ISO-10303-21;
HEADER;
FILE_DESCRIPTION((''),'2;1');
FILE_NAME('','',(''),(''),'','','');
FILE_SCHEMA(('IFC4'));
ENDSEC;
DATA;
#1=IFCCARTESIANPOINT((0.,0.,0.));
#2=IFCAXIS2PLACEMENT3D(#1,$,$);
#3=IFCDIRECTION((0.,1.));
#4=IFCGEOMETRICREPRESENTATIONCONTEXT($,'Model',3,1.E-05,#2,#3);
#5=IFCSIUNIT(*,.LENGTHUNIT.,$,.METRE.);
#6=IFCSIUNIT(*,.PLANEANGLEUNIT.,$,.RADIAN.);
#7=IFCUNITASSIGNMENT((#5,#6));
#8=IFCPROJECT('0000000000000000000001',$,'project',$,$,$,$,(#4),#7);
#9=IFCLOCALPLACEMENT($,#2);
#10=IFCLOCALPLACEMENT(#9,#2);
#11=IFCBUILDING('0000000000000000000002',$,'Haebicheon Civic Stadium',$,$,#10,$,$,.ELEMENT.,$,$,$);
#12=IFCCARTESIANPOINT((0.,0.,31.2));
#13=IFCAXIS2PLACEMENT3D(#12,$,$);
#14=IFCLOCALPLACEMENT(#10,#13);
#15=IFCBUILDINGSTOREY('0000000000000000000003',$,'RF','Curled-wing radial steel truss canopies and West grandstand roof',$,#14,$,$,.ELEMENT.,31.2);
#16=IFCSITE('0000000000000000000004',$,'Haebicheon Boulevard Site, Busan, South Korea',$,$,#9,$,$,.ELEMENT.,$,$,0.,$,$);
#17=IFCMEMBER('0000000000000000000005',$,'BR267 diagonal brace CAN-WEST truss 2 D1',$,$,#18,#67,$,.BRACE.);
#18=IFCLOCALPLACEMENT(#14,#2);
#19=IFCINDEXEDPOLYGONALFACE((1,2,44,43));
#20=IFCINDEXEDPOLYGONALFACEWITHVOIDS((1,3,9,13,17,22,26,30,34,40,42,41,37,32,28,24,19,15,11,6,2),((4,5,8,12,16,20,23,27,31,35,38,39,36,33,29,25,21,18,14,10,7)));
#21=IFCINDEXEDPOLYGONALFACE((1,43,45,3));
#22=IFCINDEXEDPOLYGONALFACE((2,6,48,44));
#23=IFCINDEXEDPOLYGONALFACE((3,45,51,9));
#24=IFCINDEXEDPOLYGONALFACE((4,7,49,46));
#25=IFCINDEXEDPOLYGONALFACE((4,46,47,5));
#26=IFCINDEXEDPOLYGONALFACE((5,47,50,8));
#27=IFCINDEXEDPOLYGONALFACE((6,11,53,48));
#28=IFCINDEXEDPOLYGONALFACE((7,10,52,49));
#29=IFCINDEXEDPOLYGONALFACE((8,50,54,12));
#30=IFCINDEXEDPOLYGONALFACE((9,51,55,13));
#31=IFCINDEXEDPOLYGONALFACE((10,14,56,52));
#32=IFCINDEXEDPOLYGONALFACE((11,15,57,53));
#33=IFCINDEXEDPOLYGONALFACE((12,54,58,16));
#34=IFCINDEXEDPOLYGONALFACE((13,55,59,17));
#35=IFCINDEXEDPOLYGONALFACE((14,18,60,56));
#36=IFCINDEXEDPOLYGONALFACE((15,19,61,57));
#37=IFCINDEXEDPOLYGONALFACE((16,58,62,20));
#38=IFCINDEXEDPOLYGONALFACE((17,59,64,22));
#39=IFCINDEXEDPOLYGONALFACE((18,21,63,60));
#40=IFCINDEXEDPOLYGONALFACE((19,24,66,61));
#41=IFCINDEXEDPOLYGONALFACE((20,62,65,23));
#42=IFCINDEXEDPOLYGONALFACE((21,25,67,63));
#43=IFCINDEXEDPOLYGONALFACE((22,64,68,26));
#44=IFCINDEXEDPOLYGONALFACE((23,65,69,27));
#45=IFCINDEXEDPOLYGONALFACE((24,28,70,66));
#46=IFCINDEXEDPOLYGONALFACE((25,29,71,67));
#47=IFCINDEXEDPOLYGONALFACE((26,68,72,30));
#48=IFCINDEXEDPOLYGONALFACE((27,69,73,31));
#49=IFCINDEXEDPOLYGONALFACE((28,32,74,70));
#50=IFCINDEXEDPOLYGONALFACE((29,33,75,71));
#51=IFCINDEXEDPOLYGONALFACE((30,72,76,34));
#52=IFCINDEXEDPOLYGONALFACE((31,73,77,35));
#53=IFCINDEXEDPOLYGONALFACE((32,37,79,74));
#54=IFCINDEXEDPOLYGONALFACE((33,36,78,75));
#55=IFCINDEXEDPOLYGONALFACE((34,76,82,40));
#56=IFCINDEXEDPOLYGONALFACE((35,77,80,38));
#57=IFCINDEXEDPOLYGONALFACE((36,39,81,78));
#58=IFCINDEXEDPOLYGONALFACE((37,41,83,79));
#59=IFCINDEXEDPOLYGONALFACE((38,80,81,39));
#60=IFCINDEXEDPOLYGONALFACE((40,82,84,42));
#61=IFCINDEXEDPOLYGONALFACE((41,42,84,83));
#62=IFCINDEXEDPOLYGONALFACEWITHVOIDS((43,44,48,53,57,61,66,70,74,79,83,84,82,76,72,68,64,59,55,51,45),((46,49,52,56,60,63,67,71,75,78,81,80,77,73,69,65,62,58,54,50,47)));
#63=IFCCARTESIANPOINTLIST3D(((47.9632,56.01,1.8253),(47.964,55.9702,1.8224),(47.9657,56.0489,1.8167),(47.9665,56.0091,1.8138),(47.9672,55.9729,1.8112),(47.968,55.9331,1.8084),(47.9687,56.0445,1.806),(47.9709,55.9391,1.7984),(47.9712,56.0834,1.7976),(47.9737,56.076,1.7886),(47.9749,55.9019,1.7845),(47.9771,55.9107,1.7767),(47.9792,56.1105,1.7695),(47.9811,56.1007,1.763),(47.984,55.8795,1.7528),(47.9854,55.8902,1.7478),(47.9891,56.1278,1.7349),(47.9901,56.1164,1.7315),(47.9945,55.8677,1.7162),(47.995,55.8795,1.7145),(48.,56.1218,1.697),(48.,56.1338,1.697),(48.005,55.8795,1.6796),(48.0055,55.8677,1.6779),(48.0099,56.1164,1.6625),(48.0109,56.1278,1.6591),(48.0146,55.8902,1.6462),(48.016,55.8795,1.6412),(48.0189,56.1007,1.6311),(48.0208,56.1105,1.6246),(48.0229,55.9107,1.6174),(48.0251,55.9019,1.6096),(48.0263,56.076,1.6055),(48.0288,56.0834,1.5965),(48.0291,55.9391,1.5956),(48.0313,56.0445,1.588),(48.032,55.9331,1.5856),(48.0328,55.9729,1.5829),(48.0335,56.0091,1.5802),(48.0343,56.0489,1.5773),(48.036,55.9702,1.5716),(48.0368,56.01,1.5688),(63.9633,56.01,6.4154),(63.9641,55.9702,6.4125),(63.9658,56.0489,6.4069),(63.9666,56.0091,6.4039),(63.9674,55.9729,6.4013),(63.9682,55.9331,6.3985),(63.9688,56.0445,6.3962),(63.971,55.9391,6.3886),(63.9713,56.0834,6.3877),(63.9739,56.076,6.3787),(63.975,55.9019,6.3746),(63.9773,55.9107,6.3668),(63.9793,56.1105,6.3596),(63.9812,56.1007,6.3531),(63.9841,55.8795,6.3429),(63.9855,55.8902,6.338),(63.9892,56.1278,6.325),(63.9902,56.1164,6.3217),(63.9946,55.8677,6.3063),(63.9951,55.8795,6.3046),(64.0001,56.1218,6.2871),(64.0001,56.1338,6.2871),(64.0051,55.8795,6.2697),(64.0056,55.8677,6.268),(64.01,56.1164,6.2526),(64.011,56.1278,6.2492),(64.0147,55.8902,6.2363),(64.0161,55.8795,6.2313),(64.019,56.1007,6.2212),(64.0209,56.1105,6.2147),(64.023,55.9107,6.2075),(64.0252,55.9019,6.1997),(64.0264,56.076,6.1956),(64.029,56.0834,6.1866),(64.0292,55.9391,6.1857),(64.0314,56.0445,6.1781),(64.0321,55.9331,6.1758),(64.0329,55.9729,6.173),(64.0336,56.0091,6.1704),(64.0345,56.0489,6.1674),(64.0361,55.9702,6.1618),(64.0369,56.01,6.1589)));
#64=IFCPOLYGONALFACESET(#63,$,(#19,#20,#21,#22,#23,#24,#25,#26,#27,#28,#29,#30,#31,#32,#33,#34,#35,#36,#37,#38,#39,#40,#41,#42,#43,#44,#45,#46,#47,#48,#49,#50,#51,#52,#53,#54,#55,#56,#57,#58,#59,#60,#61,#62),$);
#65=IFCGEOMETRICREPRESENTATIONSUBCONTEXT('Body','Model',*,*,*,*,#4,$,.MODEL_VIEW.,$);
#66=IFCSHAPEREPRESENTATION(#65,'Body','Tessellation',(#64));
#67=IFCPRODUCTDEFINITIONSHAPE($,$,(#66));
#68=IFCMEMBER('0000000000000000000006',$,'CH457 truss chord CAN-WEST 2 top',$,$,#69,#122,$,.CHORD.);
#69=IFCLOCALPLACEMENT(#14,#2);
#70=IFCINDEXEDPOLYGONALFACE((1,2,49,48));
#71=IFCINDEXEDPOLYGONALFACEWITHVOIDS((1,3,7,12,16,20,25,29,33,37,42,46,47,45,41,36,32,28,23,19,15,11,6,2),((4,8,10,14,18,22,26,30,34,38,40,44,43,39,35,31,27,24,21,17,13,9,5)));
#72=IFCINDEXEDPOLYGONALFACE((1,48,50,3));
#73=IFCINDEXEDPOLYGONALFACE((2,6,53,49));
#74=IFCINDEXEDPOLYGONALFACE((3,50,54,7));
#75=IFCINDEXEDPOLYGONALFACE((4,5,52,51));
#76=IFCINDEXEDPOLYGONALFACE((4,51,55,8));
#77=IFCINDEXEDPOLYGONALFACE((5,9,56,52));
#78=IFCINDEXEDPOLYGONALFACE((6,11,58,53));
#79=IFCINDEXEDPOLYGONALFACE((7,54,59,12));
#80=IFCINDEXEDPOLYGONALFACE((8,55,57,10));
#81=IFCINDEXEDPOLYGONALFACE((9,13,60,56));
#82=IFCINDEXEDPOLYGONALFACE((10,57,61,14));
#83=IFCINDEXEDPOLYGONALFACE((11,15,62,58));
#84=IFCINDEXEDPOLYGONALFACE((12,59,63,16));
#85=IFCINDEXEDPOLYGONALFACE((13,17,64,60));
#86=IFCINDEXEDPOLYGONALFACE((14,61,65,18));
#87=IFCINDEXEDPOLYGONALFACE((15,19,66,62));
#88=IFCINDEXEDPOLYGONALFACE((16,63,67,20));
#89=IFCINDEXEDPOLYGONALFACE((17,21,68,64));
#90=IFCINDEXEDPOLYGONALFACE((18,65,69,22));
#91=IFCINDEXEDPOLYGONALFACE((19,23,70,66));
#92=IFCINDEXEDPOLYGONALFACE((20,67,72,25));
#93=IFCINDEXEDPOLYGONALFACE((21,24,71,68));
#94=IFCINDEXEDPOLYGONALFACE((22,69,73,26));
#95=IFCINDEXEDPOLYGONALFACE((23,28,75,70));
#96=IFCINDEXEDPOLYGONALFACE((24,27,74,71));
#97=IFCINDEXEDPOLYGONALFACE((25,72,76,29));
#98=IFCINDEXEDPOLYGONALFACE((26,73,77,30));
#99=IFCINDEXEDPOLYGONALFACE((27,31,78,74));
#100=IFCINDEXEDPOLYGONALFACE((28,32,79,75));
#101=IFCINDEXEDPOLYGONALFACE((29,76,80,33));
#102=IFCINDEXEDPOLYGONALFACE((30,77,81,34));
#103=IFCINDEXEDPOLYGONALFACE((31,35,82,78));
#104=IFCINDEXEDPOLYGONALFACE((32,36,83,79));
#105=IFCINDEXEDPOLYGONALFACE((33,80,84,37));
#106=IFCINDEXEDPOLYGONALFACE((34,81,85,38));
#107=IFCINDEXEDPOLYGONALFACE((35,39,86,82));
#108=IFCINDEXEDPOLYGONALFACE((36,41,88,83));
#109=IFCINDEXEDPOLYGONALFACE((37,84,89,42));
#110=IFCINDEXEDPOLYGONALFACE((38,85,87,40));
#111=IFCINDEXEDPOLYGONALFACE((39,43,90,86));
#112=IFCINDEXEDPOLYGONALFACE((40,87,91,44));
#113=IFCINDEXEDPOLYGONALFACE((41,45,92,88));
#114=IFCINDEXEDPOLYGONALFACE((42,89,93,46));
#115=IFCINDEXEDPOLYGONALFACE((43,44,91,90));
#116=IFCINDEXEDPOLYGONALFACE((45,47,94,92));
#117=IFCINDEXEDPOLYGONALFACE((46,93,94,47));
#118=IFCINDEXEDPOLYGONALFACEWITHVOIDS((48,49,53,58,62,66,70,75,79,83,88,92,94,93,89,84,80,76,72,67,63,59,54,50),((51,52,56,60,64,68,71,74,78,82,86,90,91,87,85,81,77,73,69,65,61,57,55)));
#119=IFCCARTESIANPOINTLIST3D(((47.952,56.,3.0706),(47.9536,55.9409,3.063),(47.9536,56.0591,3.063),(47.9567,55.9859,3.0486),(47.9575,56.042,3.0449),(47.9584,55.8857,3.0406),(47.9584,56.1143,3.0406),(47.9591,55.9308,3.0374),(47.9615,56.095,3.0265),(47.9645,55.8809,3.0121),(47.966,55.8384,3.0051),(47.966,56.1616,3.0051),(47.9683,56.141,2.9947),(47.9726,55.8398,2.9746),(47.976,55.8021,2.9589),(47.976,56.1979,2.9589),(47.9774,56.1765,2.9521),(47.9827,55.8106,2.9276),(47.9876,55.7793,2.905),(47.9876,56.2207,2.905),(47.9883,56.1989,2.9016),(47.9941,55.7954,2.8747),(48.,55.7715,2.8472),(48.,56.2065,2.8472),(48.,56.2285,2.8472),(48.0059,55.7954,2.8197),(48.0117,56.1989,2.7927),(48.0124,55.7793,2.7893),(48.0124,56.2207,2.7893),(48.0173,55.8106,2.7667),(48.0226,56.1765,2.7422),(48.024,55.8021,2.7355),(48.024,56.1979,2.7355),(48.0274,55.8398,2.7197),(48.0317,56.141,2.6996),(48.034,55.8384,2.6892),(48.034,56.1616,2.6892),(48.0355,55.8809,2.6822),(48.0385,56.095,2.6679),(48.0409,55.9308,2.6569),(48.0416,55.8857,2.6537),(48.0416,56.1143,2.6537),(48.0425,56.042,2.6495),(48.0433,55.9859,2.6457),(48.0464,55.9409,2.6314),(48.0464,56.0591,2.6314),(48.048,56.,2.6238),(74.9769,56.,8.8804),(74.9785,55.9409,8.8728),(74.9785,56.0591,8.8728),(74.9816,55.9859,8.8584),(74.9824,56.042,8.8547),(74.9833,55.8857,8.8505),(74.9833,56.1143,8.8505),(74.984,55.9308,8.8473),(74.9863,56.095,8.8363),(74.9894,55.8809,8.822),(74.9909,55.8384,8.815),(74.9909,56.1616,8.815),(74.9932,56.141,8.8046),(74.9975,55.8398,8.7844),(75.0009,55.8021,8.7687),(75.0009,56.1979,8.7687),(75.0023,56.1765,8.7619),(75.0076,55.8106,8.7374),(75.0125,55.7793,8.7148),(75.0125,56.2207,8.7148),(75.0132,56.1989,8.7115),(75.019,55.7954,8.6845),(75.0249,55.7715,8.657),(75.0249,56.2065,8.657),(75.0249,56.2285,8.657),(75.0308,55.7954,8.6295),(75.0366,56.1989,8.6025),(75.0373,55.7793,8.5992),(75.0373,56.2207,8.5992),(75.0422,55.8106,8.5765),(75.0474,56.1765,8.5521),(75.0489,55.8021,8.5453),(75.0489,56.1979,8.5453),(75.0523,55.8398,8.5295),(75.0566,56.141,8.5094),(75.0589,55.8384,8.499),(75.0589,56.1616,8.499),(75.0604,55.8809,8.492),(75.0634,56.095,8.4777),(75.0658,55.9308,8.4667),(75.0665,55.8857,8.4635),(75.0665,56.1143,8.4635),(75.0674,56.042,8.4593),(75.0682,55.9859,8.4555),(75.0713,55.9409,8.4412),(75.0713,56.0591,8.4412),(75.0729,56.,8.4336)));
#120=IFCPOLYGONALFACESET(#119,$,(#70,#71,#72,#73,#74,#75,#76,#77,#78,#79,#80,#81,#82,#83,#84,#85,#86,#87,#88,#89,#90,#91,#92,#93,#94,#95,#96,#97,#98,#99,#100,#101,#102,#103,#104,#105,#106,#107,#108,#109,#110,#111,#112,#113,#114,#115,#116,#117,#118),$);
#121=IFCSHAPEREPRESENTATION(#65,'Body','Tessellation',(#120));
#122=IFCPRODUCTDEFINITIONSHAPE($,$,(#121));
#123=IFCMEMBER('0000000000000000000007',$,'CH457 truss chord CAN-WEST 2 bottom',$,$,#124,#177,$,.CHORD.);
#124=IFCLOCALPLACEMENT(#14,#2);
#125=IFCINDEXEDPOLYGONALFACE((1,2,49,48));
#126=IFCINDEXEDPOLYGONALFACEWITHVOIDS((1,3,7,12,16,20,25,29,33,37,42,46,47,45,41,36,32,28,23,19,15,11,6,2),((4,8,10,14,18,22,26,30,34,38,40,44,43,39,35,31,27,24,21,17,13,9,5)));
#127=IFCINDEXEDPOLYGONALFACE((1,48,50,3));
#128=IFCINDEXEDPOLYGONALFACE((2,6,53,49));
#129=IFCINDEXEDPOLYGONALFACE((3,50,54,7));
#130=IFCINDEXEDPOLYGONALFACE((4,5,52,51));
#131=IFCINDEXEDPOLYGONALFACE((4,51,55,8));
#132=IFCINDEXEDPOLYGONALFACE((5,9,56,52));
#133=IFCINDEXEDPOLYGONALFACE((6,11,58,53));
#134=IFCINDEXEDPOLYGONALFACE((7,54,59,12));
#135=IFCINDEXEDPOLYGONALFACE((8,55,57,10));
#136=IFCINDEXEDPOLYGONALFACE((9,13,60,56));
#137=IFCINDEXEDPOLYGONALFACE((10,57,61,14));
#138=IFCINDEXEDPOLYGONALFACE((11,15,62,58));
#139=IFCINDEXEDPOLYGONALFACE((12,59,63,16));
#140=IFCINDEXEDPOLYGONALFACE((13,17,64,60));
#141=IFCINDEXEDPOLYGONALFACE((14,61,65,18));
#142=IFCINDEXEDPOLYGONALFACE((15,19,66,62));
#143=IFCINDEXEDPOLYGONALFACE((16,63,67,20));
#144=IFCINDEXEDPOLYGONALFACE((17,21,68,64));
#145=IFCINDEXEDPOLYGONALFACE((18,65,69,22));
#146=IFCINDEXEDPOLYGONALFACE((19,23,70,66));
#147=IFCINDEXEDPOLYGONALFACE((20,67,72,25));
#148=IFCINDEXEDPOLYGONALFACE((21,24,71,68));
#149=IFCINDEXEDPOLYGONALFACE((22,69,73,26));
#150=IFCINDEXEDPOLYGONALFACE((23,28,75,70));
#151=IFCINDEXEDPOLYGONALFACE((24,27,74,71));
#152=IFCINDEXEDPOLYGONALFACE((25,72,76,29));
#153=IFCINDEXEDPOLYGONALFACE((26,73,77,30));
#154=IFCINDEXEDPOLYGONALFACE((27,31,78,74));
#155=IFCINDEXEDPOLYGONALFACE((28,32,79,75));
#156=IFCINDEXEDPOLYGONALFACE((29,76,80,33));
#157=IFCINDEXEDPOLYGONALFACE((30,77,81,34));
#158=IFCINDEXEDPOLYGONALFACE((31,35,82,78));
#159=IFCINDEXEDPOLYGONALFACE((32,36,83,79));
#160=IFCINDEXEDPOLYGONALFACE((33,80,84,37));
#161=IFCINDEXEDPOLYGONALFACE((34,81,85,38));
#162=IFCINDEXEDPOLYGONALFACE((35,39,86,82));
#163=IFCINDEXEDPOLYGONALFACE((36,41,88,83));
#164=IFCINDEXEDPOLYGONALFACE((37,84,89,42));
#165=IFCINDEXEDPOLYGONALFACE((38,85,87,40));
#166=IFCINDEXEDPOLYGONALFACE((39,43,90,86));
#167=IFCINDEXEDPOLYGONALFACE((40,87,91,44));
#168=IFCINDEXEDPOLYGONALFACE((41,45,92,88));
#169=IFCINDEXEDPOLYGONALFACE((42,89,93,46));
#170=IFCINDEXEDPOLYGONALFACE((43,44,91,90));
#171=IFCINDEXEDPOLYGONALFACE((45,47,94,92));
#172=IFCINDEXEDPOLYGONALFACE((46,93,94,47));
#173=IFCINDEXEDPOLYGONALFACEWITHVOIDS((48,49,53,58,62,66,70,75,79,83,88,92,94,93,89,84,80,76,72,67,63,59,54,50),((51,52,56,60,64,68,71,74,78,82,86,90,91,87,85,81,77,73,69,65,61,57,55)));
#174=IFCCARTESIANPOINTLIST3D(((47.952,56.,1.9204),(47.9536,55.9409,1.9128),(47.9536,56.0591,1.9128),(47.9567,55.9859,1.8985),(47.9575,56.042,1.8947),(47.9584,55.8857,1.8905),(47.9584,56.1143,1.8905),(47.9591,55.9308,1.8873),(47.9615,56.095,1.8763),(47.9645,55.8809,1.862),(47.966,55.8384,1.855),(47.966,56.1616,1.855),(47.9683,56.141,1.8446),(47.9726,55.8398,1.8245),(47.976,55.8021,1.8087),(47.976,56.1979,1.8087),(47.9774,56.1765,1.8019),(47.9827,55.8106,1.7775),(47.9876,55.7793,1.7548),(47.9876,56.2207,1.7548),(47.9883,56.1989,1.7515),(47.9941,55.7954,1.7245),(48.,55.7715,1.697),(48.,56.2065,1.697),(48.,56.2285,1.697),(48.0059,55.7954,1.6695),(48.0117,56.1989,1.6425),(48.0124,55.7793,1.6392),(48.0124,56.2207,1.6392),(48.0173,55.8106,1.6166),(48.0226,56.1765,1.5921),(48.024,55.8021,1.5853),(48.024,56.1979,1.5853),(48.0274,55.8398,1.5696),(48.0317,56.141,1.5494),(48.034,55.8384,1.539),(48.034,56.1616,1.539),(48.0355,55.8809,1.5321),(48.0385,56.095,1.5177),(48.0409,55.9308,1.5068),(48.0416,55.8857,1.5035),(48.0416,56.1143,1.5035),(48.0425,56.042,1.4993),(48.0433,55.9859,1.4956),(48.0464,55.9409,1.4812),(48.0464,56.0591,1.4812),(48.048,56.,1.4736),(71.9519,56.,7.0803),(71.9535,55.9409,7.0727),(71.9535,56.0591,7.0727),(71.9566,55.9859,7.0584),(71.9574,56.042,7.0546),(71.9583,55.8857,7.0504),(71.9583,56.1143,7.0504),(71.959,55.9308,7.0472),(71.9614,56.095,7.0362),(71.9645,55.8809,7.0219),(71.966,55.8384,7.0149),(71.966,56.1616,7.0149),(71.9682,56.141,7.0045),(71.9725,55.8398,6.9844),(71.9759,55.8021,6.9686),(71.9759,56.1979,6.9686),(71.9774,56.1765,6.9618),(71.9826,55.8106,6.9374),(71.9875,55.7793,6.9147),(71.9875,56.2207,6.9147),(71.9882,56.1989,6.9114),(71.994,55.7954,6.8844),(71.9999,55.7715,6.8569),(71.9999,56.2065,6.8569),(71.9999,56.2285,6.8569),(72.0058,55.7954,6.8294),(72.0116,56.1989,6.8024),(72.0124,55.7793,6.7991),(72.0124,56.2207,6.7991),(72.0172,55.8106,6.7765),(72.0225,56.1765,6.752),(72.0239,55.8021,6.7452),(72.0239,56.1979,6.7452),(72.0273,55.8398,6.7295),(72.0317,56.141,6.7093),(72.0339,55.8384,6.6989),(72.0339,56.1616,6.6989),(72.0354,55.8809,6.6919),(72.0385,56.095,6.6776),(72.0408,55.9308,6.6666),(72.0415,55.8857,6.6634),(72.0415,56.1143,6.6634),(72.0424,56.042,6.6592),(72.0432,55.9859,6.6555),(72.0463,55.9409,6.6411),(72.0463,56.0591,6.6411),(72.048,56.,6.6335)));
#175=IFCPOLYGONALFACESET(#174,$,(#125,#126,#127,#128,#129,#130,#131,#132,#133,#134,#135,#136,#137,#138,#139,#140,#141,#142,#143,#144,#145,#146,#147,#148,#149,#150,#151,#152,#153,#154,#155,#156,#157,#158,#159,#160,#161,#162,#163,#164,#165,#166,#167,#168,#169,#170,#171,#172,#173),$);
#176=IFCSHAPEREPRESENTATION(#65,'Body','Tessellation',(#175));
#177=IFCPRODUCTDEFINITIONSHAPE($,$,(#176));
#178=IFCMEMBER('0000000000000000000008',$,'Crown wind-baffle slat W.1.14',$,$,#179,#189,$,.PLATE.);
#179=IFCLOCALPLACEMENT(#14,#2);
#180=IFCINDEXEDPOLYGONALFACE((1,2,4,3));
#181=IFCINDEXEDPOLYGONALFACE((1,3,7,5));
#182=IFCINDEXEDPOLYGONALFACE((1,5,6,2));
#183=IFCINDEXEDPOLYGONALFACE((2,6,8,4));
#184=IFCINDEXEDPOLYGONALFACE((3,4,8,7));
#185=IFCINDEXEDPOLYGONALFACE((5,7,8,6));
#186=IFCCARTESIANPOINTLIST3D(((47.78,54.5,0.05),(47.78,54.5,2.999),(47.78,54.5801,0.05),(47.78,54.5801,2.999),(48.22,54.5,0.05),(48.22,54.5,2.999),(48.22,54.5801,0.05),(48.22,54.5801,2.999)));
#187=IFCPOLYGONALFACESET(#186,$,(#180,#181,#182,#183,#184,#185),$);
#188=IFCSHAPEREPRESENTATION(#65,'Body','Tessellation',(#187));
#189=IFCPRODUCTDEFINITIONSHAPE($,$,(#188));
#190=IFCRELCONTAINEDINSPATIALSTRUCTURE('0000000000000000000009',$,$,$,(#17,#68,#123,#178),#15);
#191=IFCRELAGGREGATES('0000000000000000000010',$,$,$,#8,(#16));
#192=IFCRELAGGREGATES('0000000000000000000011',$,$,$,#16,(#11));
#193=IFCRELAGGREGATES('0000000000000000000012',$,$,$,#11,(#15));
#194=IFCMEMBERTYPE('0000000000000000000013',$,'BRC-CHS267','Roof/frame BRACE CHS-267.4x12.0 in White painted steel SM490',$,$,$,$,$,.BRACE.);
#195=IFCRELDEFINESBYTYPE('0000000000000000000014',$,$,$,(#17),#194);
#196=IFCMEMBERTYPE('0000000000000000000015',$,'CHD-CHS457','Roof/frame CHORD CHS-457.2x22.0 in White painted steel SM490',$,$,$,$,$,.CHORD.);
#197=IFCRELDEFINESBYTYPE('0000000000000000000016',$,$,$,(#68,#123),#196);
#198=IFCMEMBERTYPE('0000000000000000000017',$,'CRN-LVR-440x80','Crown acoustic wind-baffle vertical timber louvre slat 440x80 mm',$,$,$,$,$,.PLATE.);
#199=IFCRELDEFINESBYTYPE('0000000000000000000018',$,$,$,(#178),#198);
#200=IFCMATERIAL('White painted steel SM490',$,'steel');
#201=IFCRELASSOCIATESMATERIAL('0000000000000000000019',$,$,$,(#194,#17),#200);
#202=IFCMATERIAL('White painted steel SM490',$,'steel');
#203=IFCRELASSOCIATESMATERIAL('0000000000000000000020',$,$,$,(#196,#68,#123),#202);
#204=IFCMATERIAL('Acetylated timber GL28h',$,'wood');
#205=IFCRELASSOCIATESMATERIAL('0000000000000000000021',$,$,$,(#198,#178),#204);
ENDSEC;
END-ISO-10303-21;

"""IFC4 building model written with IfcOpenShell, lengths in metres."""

from ifc_helpers import new_model, si_unit, direction, frame, origin, origin_2d, place, context, subcontext, project, spatial, rectangle, hollow_circle, extrude, material, material_profile, profile_set, type_object, element, save


model = new_model("IFC4")

# Units and contexts
model_context = context("Model", 3, precision=1e-05, world=origin(), true_north=direction((0.0, 1.0)))
body_context = subcontext(model_context, "Body", "Model", "MODEL_VIEW")
ifc_project = project(units=[si_unit("LENGTHUNIT", "METRE"), si_unit("PLANEANGLEUNIT", "RADIAN")], contexts=[model_context])

# Site, building, storey
site_placement = place(None, origin())
site = spatial("IfcSite", under=ifc_project, at=site_placement, Name="Haebicheon Boulevard Site, Busan, South Korea", CompositionType="ELEMENT", RefElevation=0.0)
building_placement = place(site_placement, origin())
building = spatial("IfcBuilding", under=site, at=building_placement, Name="Haebicheon Civic Stadium", CompositionType="ELEMENT")
storey_placement = place(building_placement, frame((0.0, 0.0, 31.2)))
storey = spatial("IfcBuildingStorey", under=building, at=storey_placement, Name="RF", Description="Curled-wing radial steel truss canopies and West grandstand roof", CompositionType="ELEMENT", Elevation=31.2)

# Members
ifc_material_1 = material(Name="White painted steel SM490", Category="steel")
ifc_material_profile_1 = material_profile(ifc_material_1, hollow_circle(Radius=0.1338, WallThickness=0.012, at=origin_2d()), Name="CHS-267.4x12.0")
ifc_profile_set_1 = profile_set([ifc_material_profile_1], Name="White painted steel SM490")
member_type_1 = type_object("IfcMemberType", Name="BRC-CHS267", Description="Roof/frame BRACE CHS-267.4x12.0 in White painted steel SM490", PredefinedType="BRACE", material=ifc_profile_set_1)
member_1_placement = place(storey_placement, frame((48.0, 56.0, 1.697), z_axis=(0.961227, 0.0, 0.275757), x_axis=(0.0, 1.0, 0.0)))
element("IfcMember", 1, at=member_1_placement, inside=storey, type_object=member_type_1, material=ifc_profile_set_1, Name="BR267 diagonal brace CAN-WEST truss 2 D1", PredefinedType="BRACE", context=body_context, shape_type="SweptSolid", body=[
    extrude(hollow_circle(Radius=0.1338, WallThickness=0.012, at=origin_2d()), origin(), (0.0, 0.0, 1.0), 16.6455),
])
ifc_material_2 = material(Name="White painted steel SM490", Category="steel")
ifc_material_profile_2 = material_profile(ifc_material_2, hollow_circle(Radius=0.2285, WallThickness=0.022, at=origin_2d()), Name="CHS-457.2x22.0")
ifc_profile_set_2 = profile_set([ifc_material_profile_2], Name="White painted steel SM490")
member_type_2 = type_object("IfcMemberType", Name="CHD-CHS457", Description="Roof/frame CHORD CHS-457.2x22.0 in White painted steel SM490", PredefinedType="CHORD", material=ifc_profile_set_2)
member_2_placement = place(storey_placement, frame((48.0, 56.0, 2.8472), z_axis=(0.977663, 0.0, 0.210178), x_axis=(0.0, 1.0, 0.0)))
element("IfcMember", 2, at=member_2_placement, inside=storey, type_object=member_type_2, material=ifc_profile_set_2, Name="CH457 truss chord CAN-WEST 2 top", PredefinedType="CHORD", context=body_context, shape_type="SweptSolid", body=[
    extrude(hollow_circle(Radius=0.2285, WallThickness=0.022, at=origin_2d()), origin(), (0.0, 0.0, 1.0), 27.6423),
])
member_3_placement = place(storey_placement, frame((48.0, 56.0, 1.697), z_axis=(0.97766, 0.0, 0.210193), x_axis=(0.0, 1.0, 0.0)))
element("IfcMember", 3, at=member_3_placement, inside=storey, type_object=member_type_2, material=ifc_profile_set_2, Name="CH457 truss chord CAN-WEST 2 bottom", PredefinedType="CHORD", context=body_context, shape_type="SweptSolid", body=[
    extrude(hollow_circle(Radius=0.2285, WallThickness=0.022, at=origin_2d()), origin(), (0.0, 0.0, 1.0), 24.5483),
])
ifc_material_3 = material(Name="Acetylated timber GL28h", Category="wood")
ifc_material_profile_3 = material_profile(ifc_material_3, rectangle(XDim=0.0801, YDim=0.4399, at=origin_2d()), Name="TMB-LOUV-80x440")
ifc_profile_set_3 = profile_set([ifc_material_profile_3], Name="Acetylated timber GL28h")
member_type_3 = type_object("IfcMemberType", Name="CRN-LVR-440x80", Description="Crown acoustic wind-baffle vertical timber louvre slat 440x80 mm", PredefinedType="PLATE", material=ifc_profile_set_3)
member_4_placement = place(storey_placement, frame((48.0, 54.54, 0.05), z_axis=(0.0, 0.0, 1.0), x_axis=(0.0, 1.0, 0.0)))
element("IfcMember", 4, at=member_4_placement, inside=storey, type_object=member_type_3, material=ifc_profile_set_3, Name="Crown wind-baffle slat W.1.14", PredefinedType="PLATE", context=body_context, shape_type="SweptSolid", body=[
    extrude(rectangle(XDim=0.0801, YDim=0.4399, at=origin_2d()), origin(), (0.0, 0.0, 1.0), 2.949),
])

save(model, "model.ifc")
